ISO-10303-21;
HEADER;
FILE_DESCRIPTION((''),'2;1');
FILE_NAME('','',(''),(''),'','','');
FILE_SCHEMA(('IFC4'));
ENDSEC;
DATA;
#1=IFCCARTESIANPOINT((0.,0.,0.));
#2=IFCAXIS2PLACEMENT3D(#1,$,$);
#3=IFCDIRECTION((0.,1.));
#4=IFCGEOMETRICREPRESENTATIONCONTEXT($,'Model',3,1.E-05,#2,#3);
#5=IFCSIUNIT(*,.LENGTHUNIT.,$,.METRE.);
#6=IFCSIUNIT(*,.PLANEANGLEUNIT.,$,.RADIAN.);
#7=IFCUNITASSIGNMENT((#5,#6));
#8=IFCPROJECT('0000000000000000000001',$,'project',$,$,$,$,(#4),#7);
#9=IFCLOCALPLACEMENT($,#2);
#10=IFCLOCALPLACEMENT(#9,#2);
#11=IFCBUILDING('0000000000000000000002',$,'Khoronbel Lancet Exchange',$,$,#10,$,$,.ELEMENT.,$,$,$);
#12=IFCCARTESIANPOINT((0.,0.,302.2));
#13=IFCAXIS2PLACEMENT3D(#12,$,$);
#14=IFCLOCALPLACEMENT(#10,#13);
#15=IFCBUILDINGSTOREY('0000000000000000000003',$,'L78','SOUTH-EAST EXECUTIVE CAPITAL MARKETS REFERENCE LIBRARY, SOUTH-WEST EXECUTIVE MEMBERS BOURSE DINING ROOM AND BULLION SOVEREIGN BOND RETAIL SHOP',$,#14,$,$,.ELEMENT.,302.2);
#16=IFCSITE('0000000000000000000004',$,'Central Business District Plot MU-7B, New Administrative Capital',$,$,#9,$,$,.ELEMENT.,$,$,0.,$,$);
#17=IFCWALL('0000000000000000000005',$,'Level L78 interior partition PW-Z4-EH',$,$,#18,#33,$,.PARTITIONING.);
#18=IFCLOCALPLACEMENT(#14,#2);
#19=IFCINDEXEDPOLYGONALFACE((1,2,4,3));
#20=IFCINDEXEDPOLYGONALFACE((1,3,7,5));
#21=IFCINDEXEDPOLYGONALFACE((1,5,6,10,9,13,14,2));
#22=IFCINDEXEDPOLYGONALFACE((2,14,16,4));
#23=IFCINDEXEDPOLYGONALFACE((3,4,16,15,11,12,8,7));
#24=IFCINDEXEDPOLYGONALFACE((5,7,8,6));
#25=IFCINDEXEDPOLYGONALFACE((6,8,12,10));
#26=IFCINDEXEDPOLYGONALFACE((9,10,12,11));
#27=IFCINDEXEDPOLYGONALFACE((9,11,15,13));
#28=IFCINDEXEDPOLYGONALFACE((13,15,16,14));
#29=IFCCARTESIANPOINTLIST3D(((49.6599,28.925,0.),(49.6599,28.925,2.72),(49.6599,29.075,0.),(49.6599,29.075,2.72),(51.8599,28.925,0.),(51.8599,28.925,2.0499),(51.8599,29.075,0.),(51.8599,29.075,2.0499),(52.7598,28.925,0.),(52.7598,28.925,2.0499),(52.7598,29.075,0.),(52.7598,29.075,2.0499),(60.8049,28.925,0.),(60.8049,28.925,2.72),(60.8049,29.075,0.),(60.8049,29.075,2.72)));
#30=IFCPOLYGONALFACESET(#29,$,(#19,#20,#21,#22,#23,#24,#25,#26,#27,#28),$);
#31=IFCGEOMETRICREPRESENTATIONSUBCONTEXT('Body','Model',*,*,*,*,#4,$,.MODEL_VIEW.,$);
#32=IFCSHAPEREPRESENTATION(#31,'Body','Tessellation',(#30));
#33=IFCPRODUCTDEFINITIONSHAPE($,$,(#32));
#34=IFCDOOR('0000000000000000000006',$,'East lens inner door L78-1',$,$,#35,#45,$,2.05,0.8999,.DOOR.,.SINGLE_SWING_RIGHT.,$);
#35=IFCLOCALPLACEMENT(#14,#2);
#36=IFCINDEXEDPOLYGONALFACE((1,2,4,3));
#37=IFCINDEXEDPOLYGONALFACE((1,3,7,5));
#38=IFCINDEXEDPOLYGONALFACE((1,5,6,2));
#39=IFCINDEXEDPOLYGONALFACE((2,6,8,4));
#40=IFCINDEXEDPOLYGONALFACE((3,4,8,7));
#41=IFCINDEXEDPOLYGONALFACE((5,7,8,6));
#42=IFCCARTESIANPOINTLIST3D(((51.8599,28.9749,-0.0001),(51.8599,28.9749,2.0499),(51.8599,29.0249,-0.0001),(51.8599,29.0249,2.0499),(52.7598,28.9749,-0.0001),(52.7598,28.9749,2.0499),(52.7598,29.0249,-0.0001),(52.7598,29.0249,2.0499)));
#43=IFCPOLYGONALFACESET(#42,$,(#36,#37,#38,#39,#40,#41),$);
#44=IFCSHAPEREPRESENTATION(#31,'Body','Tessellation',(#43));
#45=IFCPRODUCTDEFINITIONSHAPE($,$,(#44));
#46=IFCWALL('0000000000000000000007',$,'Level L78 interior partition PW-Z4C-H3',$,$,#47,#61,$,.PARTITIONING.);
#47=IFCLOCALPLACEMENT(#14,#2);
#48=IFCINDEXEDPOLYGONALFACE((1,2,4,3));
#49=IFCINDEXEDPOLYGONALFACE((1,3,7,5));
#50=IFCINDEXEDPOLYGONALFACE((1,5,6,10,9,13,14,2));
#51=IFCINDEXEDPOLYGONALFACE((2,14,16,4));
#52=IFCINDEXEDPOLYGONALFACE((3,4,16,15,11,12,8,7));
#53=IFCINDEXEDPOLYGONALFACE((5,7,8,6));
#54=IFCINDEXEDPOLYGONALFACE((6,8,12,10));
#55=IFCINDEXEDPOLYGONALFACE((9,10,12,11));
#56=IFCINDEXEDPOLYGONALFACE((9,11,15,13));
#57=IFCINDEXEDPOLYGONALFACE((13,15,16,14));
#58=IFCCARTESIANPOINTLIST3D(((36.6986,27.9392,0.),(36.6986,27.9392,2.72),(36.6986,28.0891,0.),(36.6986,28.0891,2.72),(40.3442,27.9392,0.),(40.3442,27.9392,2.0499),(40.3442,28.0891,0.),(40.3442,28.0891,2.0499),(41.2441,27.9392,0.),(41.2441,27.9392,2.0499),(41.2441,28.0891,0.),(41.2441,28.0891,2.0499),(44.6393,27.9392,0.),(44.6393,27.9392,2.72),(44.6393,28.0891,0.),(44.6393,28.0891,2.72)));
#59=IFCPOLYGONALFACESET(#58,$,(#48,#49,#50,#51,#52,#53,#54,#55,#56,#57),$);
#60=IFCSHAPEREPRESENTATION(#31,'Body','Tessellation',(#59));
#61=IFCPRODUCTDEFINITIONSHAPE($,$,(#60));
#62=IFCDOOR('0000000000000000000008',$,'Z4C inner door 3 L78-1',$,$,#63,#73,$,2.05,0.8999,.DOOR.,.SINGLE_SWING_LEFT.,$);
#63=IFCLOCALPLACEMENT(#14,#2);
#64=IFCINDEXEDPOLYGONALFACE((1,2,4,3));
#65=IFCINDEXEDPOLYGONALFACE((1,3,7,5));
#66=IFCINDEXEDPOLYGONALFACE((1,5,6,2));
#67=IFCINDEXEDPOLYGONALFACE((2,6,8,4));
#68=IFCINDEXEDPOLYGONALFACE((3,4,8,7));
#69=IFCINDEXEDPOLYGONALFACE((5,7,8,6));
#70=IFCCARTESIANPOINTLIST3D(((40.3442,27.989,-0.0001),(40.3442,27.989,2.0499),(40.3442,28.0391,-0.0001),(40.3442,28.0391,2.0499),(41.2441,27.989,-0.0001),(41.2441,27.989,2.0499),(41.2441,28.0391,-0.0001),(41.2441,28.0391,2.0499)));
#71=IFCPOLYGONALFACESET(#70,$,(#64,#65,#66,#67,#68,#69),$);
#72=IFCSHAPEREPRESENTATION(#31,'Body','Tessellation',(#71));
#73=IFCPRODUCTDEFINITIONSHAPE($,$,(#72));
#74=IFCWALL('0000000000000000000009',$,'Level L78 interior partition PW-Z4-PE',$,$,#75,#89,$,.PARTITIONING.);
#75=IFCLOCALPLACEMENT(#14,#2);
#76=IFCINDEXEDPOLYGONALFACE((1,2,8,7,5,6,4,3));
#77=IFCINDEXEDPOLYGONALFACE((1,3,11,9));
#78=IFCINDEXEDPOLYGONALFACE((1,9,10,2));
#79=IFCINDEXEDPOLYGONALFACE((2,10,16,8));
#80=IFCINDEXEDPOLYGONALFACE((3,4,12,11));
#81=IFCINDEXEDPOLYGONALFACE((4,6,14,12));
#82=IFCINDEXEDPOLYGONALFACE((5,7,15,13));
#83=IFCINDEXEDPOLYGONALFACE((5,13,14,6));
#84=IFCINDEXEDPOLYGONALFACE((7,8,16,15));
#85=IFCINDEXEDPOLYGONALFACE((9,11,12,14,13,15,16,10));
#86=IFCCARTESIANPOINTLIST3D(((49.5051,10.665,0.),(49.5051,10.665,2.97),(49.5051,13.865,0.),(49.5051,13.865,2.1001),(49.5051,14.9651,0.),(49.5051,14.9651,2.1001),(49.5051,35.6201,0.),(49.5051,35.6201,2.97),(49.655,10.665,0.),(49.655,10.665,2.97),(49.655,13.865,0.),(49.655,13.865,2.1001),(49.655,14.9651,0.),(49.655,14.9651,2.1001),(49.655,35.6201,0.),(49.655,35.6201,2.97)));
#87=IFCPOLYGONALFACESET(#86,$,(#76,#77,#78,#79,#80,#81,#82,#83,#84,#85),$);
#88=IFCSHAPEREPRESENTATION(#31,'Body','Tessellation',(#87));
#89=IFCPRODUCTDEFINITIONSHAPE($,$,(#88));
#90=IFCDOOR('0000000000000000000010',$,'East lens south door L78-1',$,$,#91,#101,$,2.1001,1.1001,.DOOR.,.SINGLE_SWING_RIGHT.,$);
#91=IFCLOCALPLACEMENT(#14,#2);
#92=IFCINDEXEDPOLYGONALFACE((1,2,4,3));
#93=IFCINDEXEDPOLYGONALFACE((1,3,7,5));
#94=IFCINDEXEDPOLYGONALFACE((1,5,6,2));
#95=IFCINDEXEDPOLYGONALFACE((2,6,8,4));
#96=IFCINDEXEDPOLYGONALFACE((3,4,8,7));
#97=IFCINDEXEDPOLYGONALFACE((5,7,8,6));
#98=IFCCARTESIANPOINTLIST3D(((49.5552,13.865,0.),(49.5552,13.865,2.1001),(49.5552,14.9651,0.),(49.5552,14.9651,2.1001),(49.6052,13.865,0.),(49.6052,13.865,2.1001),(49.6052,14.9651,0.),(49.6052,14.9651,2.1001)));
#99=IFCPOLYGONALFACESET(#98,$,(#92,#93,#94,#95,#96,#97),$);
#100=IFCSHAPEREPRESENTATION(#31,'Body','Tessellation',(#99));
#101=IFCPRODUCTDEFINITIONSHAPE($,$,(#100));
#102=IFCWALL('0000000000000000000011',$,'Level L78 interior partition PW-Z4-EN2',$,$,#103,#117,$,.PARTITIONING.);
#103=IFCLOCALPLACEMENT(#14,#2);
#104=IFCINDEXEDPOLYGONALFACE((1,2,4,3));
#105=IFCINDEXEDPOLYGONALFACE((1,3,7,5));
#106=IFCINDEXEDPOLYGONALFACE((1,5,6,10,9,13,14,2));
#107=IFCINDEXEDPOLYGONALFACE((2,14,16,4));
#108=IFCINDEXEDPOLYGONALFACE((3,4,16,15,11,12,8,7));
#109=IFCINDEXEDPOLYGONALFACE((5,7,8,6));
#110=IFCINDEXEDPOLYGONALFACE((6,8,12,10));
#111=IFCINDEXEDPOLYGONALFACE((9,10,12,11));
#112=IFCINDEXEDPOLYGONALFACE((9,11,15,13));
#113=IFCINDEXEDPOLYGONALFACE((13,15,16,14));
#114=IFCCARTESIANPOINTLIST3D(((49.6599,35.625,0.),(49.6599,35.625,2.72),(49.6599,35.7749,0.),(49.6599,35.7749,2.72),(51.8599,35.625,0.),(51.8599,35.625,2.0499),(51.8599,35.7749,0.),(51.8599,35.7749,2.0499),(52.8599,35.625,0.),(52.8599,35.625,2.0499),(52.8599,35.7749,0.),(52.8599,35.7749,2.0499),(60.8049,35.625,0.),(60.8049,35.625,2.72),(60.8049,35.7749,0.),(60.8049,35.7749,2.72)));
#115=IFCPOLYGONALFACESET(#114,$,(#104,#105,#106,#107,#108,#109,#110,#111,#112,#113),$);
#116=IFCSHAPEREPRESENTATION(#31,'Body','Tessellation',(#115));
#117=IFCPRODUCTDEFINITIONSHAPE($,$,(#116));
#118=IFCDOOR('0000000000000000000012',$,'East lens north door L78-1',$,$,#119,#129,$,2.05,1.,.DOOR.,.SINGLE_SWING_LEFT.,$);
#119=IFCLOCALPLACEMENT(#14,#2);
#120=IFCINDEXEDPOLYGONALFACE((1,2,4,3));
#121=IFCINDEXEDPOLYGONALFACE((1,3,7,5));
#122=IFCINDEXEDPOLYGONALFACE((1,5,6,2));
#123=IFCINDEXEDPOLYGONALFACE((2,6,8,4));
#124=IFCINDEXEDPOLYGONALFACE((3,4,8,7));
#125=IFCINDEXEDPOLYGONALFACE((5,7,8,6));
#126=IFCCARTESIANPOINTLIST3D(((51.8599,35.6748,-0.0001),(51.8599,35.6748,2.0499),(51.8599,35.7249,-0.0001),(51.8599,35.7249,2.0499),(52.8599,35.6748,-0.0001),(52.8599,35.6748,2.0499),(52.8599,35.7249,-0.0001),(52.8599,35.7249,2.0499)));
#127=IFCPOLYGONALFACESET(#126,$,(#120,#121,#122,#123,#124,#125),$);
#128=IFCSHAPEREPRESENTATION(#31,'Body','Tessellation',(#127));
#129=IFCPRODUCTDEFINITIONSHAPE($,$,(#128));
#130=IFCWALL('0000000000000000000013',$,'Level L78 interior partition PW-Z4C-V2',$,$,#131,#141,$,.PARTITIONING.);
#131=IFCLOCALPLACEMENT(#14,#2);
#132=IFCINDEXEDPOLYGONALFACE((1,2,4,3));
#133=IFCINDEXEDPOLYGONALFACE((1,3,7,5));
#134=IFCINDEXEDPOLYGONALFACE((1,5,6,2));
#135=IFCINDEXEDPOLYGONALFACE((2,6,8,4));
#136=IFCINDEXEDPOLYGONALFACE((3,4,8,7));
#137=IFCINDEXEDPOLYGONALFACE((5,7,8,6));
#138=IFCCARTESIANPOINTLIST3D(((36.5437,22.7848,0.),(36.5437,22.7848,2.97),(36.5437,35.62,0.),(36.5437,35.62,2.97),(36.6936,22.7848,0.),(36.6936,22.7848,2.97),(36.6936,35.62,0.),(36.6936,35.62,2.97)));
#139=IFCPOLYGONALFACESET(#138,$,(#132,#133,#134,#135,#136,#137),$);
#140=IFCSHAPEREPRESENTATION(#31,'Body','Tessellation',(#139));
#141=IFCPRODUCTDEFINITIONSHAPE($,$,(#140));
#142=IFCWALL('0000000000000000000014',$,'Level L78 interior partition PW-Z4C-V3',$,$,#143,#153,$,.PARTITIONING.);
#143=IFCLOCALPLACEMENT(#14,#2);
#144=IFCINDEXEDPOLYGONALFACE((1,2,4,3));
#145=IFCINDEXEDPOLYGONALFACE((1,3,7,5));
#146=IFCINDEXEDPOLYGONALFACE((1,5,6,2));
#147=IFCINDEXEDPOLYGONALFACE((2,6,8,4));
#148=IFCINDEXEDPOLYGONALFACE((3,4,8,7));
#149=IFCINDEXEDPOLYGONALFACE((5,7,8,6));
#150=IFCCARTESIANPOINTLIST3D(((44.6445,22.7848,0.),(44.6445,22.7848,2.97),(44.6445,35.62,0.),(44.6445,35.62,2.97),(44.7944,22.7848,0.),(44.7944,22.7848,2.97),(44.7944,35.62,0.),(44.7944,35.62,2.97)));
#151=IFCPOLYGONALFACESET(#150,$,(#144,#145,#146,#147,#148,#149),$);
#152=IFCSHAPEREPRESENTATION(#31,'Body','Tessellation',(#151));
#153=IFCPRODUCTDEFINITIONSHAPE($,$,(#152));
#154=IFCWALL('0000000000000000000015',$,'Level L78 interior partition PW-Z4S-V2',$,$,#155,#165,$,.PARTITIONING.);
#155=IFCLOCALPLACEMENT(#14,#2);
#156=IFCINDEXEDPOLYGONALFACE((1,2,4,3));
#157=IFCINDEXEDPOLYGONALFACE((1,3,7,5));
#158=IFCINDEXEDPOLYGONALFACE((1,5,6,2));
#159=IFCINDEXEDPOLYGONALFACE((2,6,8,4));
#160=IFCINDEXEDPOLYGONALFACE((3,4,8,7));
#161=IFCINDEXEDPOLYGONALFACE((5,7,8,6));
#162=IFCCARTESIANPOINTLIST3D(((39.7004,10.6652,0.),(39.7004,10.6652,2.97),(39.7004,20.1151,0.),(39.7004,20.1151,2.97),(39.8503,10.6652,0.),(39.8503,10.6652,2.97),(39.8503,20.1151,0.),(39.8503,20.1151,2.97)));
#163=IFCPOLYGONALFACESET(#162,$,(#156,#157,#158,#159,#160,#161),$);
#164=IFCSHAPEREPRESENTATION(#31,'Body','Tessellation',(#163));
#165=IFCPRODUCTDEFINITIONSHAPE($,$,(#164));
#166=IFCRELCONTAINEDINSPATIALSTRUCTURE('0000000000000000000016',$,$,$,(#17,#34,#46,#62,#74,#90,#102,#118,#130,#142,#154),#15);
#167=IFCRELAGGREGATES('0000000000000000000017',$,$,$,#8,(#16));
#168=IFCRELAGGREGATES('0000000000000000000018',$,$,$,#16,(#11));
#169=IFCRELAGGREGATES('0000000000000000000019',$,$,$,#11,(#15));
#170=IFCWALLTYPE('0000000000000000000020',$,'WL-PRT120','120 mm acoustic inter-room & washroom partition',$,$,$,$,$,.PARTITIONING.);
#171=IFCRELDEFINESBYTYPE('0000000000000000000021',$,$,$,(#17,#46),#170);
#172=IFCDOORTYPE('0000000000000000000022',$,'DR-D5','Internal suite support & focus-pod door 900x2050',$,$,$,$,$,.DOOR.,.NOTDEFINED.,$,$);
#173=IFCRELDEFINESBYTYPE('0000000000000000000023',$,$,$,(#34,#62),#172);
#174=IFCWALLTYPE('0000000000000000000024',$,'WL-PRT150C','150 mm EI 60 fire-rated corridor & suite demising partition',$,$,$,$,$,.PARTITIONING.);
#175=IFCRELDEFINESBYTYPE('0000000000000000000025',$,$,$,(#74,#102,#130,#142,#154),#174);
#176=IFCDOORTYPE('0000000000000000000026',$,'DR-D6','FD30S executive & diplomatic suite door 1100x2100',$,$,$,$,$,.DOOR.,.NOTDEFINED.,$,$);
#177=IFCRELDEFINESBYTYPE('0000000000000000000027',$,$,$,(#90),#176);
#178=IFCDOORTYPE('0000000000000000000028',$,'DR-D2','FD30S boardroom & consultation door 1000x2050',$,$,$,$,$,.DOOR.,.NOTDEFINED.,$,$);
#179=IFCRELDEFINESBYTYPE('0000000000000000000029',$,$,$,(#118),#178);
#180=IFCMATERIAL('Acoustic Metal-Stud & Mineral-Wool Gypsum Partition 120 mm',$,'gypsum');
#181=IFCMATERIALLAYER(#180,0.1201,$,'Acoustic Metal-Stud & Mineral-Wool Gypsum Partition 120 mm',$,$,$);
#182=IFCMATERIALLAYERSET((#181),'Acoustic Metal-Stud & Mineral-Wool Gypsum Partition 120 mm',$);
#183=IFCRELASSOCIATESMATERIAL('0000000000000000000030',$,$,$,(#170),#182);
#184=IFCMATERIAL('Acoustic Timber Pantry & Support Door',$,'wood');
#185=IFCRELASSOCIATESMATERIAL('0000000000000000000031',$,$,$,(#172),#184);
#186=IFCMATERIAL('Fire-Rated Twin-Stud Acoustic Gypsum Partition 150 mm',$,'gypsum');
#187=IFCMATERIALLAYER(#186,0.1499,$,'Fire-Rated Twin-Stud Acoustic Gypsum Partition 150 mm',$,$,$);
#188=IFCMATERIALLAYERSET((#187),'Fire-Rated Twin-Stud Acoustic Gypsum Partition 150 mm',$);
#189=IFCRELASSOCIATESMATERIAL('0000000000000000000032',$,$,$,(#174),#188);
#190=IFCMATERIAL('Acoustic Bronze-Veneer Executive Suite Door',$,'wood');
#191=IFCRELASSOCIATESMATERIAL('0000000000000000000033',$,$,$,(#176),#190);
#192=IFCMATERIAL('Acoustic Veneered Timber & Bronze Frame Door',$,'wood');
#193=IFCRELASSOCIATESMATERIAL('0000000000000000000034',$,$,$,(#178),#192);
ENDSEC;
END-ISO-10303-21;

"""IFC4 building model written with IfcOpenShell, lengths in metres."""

from ifc_helpers import new_model, si_unit, direction, frame, frame_2d, origin, place, context, subcontext, project, spatial, rectangle, extrude, material, layer, layer_set, type_object, element, fill, save


model = new_model("IFC4")

# Units and contexts
model_context = context("Model", 3, precision=1e-05, world=origin(), true_north=direction((0.0, 1.0)))
body_context = subcontext(model_context, "Body", "Model", "MODEL_VIEW")
ifc_project = project(units=[si_unit("LENGTHUNIT", "METRE"), si_unit("PLANEANGLEUNIT", "RADIAN")], contexts=[model_context])

# Site, building, storey
site_placement = place(None, origin())
site = spatial("IfcSite", under=ifc_project, at=site_placement, Name="Central Business District Plot MU-7B, New Administrative Capital", CompositionType="ELEMENT", RefElevation=0.0)
building_placement = place(site_placement, origin())
building = spatial("IfcBuilding", under=site, at=building_placement, Name="Khoronbel Lancet Exchange", CompositionType="ELEMENT")
storey_placement = place(building_placement, frame((0.0, 0.0, 302.2)))
storey = spatial("IfcBuildingStorey", under=building, at=storey_placement, Name="L78", Description="SOUTH-EAST EXECUTIVE CAPITAL MARKETS REFERENCE LIBRARY, SOUTH-WEST EXECUTIVE MEMBERS BOURSE DINING ROOM AND BULLION SOVEREIGN BOND RETAIL SHOP", CompositionType="ELEMENT", Elevation=302.2)

# Walls, openings, doors
ifc_material_1 = material(Name="Acoustic Metal-Stud & Mineral-Wool Gypsum Partition 120 mm", Category="gypsum")
ifc_layer_1 = layer(ifc_material_1, 0.1201, Name="Acoustic Metal-Stud & Mineral-Wool Gypsum Partition 120 mm")
ifc_layer_set_1 = layer_set([ifc_layer_1], Name="Acoustic Metal-Stud & Mineral-Wool Gypsum Partition 120 mm")
wall_type_1 = type_object("IfcWallType", Name="WL-PRT120", Description="120 mm acoustic inter-room & washroom partition", PredefinedType="PARTITIONING", material=ifc_layer_set_1)
wall_1_placement = place(storey_placement, frame((49.6599, 29.0, 0.0), z_axis=(0.0, 0.0, 1.0), x_axis=(1.0, 0.0, 0.0)))
wall_1 = element("IfcWall", 1, at=wall_1_placement, inside=storey, type_object=wall_type_1, Name="Level L78 interior partition PW-Z4-EH", PredefinedType="PARTITIONING", context=body_context, shape_type="SweptSolid", body=[
    extrude(rectangle(XDim=11.145, YDim=0.1499, at=frame_2d((5.5725, 0.0))), origin(), (0.0, 0.0, 1.0), 2.72),
])
opening_1_placement = place(wall_1_placement, frame((2.2, 0.0, 0.0)))
opening_1 = element("IfcOpeningElement", 2, at=opening_1_placement, cuts=wall_1, PredefinedType="OPENING", context=body_context, shape_type="SweptSolid", body=[
    extrude(rectangle(XDim=0.8999, YDim=2.05, at=frame_2d((0.45, 1.0249))), frame((0.0, 0.085, 0.0), z_axis=(0.0, -1.0, 0.0), x_axis=(1.0, 0.0, 0.0)), (0.0, 0.0, 1.0), 0.1699),
])
ifc_material_2 = material(Name="Acoustic Timber Pantry & Support Door", Category="wood")
door_type_1 = type_object("IfcDoorType", Name="DR-D5", Description="Internal suite support & focus-pod door 900x2050", OperationType="NOTDEFINED", PredefinedType="DOOR", material=ifc_material_2)
door_1_placement = place(opening_1_placement, origin())
door_1 = element("IfcDoor", 3, at=door_1_placement, inside=storey, type_object=door_type_1, Name="East lens inner door L78-1", OperationType="SINGLE_SWING_RIGHT", OverallHeight=2.05, OverallWidth=0.8999, PredefinedType="DOOR", context=body_context, shape_type="SweptSolid", body=[
    extrude(rectangle(XDim=0.8999, YDim=2.05, at=frame_2d((0.45, 1.0249))), frame((0.0, 0.0249, 0.0), z_axis=(0.0, -1.0, 0.0), x_axis=(1.0, 0.0, 0.0)), (0.0, 0.0, 1.0), 0.05),
])
fill(opening_1, door_1)
wall_2_placement = place(storey_placement, frame((36.6987, 28.0142, 0.0), z_axis=(0.0, 0.0, 1.0), x_axis=(1.0, 0.0, 0.0)))
wall_2 = element("IfcWall", 4, at=wall_2_placement, inside=storey, type_object=wall_type_1, Name="Level L78 interior partition PW-Z4C-H3", PredefinedType="PARTITIONING", context=body_context, shape_type="SweptSolid", body=[
    extrude(rectangle(XDim=7.9407, YDim=0.1499, at=frame_2d((3.9702, 0.0))), origin(), (0.0, 0.0, 1.0), 2.72),
])
opening_2_placement = place(wall_2_placement, frame((3.6455, 0.0, 0.0)))
opening_2 = element("IfcOpeningElement", 5, at=opening_2_placement, cuts=wall_2, PredefinedType="OPENING", context=body_context, shape_type="SweptSolid", body=[
    extrude(rectangle(XDim=0.8999, YDim=2.05, at=frame_2d((0.45, 1.0249))), frame((0.0, 0.085, 0.0), z_axis=(0.0, -1.0, 0.0), x_axis=(1.0, 0.0, 0.0)), (0.0, 0.0, 1.0), 0.1699),
])
door_2_placement = place(opening_2_placement, origin())
door_2 = element("IfcDoor", 6, at=door_2_placement, inside=storey, type_object=door_type_1, Name="Z4C inner door 3 L78-1", OperationType="SINGLE_SWING_LEFT", OverallHeight=2.05, OverallWidth=0.8999, PredefinedType="DOOR", context=body_context, shape_type="SweptSolid", body=[
    extrude(rectangle(XDim=0.8999, YDim=2.05, at=frame_2d((0.45, 1.0249))), frame((0.0, 0.0249, 0.0), z_axis=(0.0, -1.0, 0.0), x_axis=(1.0, 0.0, 0.0)), (0.0, 0.0, 1.0), 0.05),
])
fill(opening_2, door_2)
ifc_material_3 = material(Name="Fire-Rated Twin-Stud Acoustic Gypsum Partition 150 mm", Category="gypsum")
ifc_layer_2 = layer(ifc_material_3, 0.1499, Name="Fire-Rated Twin-Stud Acoustic Gypsum Partition 150 mm")
ifc_layer_set_2 = layer_set([ifc_layer_2], Name="Fire-Rated Twin-Stud Acoustic Gypsum Partition 150 mm")
wall_type_2 = type_object("IfcWallType", Name="WL-PRT150C", Description="150 mm EI 60 fire-rated corridor & suite demising partition", PredefinedType="PARTITIONING", material=ifc_layer_set_2)
wall_3_placement = place(storey_placement, frame((49.5801, 10.665, 0.0), z_axis=(0.0, 0.0, 1.0), x_axis=(0.0, 1.0, 0.0)))
wall_3 = element("IfcWall", 7, at=wall_3_placement, inside=storey, type_object=wall_type_2, Name="Level L78 interior partition PW-Z4-PE", PredefinedType="PARTITIONING", context=body_context, shape_type="SweptSolid", body=[
    extrude(rectangle(XDim=24.9551, YDim=0.1499, at=frame_2d((12.4775, 0.0))), origin(), (0.0, 0.0, 1.0), 2.97),
])
opening_3_placement = place(wall_3_placement, frame((3.2, 0.0, 0.0)))
opening_3 = element("IfcOpeningElement", 8, at=opening_3_placement, cuts=wall_3, PredefinedType="OPENING", context=body_context, shape_type="SweptSolid", body=[
    extrude(rectangle(XDim=1.1001, YDim=2.1001, at=frame_2d((0.55, 1.05))), frame((0.0, 0.085, 0.0), z_axis=(0.0, -1.0, 0.0), x_axis=(1.0, 0.0, 0.0)), (0.0, 0.0, 1.0), 0.1699),
])
ifc_material_4 = material(Name="Acoustic Bronze-Veneer Executive Suite Door", Category="wood")
door_type_2 = type_object("IfcDoorType", Name="DR-D6", Description="FD30S executive & diplomatic suite door 1100x2100", OperationType="NOTDEFINED", PredefinedType="DOOR", material=ifc_material_4)
door_3_placement = place(opening_3_placement, origin())
door_3 = element("IfcDoor", 9, at=door_3_placement, inside=storey, type_object=door_type_2, Name="East lens south door L78-1", OperationType="SINGLE_SWING_RIGHT", OverallHeight=2.1001, OverallWidth=1.1001, PredefinedType="DOOR", context=body_context, shape_type="SweptSolid", body=[
    extrude(rectangle(XDim=1.1001, YDim=2.1001, at=frame_2d((0.55, 1.05))), frame((0.0, 0.0249, 0.0), z_axis=(0.0, -1.0, 0.0), x_axis=(1.0, 0.0, 0.0)), (0.0, 0.0, 1.0), 0.05),
])
fill(opening_3, door_3)
wall_4_placement = place(storey_placement, frame((49.6599, 35.7, 0.0), z_axis=(0.0, 0.0, 1.0), x_axis=(1.0, 0.0, 0.0)))
wall_4 = element("IfcWall", 10, at=wall_4_placement, inside=storey, type_object=wall_type_2, Name="Level L78 interior partition PW-Z4-EN2", PredefinedType="PARTITIONING", context=body_context, shape_type="SweptSolid", body=[
    extrude(rectangle(XDim=11.145, YDim=0.1499, at=frame_2d((5.5725, 0.0))), origin(), (0.0, 0.0, 1.0), 2.72),
])
opening_4_placement = place(wall_4_placement, frame((2.2, 0.0, 0.0)))
opening_4 = element("IfcOpeningElement", 11, at=opening_4_placement, cuts=wall_4, PredefinedType="OPENING", context=body_context, shape_type="SweptSolid", body=[
    extrude(rectangle(XDim=1.0, YDim=2.05, at=frame_2d((0.5, 1.0249))), frame((0.0, 0.085, 0.0), z_axis=(0.0, -1.0, 0.0), x_axis=(1.0, 0.0, 0.0)), (0.0, 0.0, 1.0), 0.1699),
])
ifc_material_5 = material(Name="Acoustic Veneered Timber & Bronze Frame Door", Category="wood")
door_type_3 = type_object("IfcDoorType", Name="DR-D2", Description="FD30S boardroom & consultation door 1000x2050", OperationType="NOTDEFINED", PredefinedType="DOOR", material=ifc_material_5)
door_4_placement = place(opening_4_placement, origin())
door_4 = element("IfcDoor", 12, at=door_4_placement, inside=storey, type_object=door_type_3, Name="East lens north door L78-1", OperationType="SINGLE_SWING_LEFT", OverallHeight=2.05, OverallWidth=1.0, PredefinedType="DOOR", context=body_context, shape_type="SweptSolid", body=[
    extrude(rectangle(XDim=1.0, YDim=2.05, at=frame_2d((0.5, 1.0249))), frame((0.0, 0.0249, 0.0), z_axis=(0.0, -1.0, 0.0), x_axis=(1.0, 0.0, 0.0)), (0.0, 0.0, 1.0), 0.05),
])
fill(opening_4, door_4)

# Walls
for number, where, z_axis, x_axis, name in (
    (13, (36.6187, 22.7849, 0.0), (0.0, 0.0, 1.0), (0.0, 1.0, 0.0), "Level L78 interior partition PW-Z4C-V2"),
    (14, (44.7195, 22.7849, 0.0), (0.0, 0.0, 1.0), (0.0, 1.0, 0.0), "Level L78 interior partition PW-Z4C-V3"),
):
    element("IfcWall", number, at=place(storey_placement, frame(where, z_axis=z_axis, x_axis=x_axis)), inside=storey, type_object=wall_type_2, Name=name, PredefinedType="PARTITIONING", context=body_context, shape_type="SweptSolid", body=[
        extrude(rectangle(XDim=12.8352, YDim=0.1499, at=frame_2d((6.4175, 0.0))), origin(), (0.0, 0.0, 1.0), 2.97),
    ])
wall_5_placement = place(storey_placement, frame((39.7754, 10.665, 0.0), z_axis=(0.0, 0.0, 1.0), x_axis=(0.0, 1.0, 0.0)))
element("IfcWall", 15, at=wall_5_placement, inside=storey, type_object=wall_type_2, Name="Level L78 interior partition PW-Z4S-V2", PredefinedType="PARTITIONING", context=body_context, shape_type="SweptSolid", body=[
    extrude(rectangle(XDim=9.45, YDim=0.1499, at=frame_2d((4.7251, 0.0))), origin(), (0.0, 0.0, 1.0), 2.97),
])

save(model, "model.ifc")
